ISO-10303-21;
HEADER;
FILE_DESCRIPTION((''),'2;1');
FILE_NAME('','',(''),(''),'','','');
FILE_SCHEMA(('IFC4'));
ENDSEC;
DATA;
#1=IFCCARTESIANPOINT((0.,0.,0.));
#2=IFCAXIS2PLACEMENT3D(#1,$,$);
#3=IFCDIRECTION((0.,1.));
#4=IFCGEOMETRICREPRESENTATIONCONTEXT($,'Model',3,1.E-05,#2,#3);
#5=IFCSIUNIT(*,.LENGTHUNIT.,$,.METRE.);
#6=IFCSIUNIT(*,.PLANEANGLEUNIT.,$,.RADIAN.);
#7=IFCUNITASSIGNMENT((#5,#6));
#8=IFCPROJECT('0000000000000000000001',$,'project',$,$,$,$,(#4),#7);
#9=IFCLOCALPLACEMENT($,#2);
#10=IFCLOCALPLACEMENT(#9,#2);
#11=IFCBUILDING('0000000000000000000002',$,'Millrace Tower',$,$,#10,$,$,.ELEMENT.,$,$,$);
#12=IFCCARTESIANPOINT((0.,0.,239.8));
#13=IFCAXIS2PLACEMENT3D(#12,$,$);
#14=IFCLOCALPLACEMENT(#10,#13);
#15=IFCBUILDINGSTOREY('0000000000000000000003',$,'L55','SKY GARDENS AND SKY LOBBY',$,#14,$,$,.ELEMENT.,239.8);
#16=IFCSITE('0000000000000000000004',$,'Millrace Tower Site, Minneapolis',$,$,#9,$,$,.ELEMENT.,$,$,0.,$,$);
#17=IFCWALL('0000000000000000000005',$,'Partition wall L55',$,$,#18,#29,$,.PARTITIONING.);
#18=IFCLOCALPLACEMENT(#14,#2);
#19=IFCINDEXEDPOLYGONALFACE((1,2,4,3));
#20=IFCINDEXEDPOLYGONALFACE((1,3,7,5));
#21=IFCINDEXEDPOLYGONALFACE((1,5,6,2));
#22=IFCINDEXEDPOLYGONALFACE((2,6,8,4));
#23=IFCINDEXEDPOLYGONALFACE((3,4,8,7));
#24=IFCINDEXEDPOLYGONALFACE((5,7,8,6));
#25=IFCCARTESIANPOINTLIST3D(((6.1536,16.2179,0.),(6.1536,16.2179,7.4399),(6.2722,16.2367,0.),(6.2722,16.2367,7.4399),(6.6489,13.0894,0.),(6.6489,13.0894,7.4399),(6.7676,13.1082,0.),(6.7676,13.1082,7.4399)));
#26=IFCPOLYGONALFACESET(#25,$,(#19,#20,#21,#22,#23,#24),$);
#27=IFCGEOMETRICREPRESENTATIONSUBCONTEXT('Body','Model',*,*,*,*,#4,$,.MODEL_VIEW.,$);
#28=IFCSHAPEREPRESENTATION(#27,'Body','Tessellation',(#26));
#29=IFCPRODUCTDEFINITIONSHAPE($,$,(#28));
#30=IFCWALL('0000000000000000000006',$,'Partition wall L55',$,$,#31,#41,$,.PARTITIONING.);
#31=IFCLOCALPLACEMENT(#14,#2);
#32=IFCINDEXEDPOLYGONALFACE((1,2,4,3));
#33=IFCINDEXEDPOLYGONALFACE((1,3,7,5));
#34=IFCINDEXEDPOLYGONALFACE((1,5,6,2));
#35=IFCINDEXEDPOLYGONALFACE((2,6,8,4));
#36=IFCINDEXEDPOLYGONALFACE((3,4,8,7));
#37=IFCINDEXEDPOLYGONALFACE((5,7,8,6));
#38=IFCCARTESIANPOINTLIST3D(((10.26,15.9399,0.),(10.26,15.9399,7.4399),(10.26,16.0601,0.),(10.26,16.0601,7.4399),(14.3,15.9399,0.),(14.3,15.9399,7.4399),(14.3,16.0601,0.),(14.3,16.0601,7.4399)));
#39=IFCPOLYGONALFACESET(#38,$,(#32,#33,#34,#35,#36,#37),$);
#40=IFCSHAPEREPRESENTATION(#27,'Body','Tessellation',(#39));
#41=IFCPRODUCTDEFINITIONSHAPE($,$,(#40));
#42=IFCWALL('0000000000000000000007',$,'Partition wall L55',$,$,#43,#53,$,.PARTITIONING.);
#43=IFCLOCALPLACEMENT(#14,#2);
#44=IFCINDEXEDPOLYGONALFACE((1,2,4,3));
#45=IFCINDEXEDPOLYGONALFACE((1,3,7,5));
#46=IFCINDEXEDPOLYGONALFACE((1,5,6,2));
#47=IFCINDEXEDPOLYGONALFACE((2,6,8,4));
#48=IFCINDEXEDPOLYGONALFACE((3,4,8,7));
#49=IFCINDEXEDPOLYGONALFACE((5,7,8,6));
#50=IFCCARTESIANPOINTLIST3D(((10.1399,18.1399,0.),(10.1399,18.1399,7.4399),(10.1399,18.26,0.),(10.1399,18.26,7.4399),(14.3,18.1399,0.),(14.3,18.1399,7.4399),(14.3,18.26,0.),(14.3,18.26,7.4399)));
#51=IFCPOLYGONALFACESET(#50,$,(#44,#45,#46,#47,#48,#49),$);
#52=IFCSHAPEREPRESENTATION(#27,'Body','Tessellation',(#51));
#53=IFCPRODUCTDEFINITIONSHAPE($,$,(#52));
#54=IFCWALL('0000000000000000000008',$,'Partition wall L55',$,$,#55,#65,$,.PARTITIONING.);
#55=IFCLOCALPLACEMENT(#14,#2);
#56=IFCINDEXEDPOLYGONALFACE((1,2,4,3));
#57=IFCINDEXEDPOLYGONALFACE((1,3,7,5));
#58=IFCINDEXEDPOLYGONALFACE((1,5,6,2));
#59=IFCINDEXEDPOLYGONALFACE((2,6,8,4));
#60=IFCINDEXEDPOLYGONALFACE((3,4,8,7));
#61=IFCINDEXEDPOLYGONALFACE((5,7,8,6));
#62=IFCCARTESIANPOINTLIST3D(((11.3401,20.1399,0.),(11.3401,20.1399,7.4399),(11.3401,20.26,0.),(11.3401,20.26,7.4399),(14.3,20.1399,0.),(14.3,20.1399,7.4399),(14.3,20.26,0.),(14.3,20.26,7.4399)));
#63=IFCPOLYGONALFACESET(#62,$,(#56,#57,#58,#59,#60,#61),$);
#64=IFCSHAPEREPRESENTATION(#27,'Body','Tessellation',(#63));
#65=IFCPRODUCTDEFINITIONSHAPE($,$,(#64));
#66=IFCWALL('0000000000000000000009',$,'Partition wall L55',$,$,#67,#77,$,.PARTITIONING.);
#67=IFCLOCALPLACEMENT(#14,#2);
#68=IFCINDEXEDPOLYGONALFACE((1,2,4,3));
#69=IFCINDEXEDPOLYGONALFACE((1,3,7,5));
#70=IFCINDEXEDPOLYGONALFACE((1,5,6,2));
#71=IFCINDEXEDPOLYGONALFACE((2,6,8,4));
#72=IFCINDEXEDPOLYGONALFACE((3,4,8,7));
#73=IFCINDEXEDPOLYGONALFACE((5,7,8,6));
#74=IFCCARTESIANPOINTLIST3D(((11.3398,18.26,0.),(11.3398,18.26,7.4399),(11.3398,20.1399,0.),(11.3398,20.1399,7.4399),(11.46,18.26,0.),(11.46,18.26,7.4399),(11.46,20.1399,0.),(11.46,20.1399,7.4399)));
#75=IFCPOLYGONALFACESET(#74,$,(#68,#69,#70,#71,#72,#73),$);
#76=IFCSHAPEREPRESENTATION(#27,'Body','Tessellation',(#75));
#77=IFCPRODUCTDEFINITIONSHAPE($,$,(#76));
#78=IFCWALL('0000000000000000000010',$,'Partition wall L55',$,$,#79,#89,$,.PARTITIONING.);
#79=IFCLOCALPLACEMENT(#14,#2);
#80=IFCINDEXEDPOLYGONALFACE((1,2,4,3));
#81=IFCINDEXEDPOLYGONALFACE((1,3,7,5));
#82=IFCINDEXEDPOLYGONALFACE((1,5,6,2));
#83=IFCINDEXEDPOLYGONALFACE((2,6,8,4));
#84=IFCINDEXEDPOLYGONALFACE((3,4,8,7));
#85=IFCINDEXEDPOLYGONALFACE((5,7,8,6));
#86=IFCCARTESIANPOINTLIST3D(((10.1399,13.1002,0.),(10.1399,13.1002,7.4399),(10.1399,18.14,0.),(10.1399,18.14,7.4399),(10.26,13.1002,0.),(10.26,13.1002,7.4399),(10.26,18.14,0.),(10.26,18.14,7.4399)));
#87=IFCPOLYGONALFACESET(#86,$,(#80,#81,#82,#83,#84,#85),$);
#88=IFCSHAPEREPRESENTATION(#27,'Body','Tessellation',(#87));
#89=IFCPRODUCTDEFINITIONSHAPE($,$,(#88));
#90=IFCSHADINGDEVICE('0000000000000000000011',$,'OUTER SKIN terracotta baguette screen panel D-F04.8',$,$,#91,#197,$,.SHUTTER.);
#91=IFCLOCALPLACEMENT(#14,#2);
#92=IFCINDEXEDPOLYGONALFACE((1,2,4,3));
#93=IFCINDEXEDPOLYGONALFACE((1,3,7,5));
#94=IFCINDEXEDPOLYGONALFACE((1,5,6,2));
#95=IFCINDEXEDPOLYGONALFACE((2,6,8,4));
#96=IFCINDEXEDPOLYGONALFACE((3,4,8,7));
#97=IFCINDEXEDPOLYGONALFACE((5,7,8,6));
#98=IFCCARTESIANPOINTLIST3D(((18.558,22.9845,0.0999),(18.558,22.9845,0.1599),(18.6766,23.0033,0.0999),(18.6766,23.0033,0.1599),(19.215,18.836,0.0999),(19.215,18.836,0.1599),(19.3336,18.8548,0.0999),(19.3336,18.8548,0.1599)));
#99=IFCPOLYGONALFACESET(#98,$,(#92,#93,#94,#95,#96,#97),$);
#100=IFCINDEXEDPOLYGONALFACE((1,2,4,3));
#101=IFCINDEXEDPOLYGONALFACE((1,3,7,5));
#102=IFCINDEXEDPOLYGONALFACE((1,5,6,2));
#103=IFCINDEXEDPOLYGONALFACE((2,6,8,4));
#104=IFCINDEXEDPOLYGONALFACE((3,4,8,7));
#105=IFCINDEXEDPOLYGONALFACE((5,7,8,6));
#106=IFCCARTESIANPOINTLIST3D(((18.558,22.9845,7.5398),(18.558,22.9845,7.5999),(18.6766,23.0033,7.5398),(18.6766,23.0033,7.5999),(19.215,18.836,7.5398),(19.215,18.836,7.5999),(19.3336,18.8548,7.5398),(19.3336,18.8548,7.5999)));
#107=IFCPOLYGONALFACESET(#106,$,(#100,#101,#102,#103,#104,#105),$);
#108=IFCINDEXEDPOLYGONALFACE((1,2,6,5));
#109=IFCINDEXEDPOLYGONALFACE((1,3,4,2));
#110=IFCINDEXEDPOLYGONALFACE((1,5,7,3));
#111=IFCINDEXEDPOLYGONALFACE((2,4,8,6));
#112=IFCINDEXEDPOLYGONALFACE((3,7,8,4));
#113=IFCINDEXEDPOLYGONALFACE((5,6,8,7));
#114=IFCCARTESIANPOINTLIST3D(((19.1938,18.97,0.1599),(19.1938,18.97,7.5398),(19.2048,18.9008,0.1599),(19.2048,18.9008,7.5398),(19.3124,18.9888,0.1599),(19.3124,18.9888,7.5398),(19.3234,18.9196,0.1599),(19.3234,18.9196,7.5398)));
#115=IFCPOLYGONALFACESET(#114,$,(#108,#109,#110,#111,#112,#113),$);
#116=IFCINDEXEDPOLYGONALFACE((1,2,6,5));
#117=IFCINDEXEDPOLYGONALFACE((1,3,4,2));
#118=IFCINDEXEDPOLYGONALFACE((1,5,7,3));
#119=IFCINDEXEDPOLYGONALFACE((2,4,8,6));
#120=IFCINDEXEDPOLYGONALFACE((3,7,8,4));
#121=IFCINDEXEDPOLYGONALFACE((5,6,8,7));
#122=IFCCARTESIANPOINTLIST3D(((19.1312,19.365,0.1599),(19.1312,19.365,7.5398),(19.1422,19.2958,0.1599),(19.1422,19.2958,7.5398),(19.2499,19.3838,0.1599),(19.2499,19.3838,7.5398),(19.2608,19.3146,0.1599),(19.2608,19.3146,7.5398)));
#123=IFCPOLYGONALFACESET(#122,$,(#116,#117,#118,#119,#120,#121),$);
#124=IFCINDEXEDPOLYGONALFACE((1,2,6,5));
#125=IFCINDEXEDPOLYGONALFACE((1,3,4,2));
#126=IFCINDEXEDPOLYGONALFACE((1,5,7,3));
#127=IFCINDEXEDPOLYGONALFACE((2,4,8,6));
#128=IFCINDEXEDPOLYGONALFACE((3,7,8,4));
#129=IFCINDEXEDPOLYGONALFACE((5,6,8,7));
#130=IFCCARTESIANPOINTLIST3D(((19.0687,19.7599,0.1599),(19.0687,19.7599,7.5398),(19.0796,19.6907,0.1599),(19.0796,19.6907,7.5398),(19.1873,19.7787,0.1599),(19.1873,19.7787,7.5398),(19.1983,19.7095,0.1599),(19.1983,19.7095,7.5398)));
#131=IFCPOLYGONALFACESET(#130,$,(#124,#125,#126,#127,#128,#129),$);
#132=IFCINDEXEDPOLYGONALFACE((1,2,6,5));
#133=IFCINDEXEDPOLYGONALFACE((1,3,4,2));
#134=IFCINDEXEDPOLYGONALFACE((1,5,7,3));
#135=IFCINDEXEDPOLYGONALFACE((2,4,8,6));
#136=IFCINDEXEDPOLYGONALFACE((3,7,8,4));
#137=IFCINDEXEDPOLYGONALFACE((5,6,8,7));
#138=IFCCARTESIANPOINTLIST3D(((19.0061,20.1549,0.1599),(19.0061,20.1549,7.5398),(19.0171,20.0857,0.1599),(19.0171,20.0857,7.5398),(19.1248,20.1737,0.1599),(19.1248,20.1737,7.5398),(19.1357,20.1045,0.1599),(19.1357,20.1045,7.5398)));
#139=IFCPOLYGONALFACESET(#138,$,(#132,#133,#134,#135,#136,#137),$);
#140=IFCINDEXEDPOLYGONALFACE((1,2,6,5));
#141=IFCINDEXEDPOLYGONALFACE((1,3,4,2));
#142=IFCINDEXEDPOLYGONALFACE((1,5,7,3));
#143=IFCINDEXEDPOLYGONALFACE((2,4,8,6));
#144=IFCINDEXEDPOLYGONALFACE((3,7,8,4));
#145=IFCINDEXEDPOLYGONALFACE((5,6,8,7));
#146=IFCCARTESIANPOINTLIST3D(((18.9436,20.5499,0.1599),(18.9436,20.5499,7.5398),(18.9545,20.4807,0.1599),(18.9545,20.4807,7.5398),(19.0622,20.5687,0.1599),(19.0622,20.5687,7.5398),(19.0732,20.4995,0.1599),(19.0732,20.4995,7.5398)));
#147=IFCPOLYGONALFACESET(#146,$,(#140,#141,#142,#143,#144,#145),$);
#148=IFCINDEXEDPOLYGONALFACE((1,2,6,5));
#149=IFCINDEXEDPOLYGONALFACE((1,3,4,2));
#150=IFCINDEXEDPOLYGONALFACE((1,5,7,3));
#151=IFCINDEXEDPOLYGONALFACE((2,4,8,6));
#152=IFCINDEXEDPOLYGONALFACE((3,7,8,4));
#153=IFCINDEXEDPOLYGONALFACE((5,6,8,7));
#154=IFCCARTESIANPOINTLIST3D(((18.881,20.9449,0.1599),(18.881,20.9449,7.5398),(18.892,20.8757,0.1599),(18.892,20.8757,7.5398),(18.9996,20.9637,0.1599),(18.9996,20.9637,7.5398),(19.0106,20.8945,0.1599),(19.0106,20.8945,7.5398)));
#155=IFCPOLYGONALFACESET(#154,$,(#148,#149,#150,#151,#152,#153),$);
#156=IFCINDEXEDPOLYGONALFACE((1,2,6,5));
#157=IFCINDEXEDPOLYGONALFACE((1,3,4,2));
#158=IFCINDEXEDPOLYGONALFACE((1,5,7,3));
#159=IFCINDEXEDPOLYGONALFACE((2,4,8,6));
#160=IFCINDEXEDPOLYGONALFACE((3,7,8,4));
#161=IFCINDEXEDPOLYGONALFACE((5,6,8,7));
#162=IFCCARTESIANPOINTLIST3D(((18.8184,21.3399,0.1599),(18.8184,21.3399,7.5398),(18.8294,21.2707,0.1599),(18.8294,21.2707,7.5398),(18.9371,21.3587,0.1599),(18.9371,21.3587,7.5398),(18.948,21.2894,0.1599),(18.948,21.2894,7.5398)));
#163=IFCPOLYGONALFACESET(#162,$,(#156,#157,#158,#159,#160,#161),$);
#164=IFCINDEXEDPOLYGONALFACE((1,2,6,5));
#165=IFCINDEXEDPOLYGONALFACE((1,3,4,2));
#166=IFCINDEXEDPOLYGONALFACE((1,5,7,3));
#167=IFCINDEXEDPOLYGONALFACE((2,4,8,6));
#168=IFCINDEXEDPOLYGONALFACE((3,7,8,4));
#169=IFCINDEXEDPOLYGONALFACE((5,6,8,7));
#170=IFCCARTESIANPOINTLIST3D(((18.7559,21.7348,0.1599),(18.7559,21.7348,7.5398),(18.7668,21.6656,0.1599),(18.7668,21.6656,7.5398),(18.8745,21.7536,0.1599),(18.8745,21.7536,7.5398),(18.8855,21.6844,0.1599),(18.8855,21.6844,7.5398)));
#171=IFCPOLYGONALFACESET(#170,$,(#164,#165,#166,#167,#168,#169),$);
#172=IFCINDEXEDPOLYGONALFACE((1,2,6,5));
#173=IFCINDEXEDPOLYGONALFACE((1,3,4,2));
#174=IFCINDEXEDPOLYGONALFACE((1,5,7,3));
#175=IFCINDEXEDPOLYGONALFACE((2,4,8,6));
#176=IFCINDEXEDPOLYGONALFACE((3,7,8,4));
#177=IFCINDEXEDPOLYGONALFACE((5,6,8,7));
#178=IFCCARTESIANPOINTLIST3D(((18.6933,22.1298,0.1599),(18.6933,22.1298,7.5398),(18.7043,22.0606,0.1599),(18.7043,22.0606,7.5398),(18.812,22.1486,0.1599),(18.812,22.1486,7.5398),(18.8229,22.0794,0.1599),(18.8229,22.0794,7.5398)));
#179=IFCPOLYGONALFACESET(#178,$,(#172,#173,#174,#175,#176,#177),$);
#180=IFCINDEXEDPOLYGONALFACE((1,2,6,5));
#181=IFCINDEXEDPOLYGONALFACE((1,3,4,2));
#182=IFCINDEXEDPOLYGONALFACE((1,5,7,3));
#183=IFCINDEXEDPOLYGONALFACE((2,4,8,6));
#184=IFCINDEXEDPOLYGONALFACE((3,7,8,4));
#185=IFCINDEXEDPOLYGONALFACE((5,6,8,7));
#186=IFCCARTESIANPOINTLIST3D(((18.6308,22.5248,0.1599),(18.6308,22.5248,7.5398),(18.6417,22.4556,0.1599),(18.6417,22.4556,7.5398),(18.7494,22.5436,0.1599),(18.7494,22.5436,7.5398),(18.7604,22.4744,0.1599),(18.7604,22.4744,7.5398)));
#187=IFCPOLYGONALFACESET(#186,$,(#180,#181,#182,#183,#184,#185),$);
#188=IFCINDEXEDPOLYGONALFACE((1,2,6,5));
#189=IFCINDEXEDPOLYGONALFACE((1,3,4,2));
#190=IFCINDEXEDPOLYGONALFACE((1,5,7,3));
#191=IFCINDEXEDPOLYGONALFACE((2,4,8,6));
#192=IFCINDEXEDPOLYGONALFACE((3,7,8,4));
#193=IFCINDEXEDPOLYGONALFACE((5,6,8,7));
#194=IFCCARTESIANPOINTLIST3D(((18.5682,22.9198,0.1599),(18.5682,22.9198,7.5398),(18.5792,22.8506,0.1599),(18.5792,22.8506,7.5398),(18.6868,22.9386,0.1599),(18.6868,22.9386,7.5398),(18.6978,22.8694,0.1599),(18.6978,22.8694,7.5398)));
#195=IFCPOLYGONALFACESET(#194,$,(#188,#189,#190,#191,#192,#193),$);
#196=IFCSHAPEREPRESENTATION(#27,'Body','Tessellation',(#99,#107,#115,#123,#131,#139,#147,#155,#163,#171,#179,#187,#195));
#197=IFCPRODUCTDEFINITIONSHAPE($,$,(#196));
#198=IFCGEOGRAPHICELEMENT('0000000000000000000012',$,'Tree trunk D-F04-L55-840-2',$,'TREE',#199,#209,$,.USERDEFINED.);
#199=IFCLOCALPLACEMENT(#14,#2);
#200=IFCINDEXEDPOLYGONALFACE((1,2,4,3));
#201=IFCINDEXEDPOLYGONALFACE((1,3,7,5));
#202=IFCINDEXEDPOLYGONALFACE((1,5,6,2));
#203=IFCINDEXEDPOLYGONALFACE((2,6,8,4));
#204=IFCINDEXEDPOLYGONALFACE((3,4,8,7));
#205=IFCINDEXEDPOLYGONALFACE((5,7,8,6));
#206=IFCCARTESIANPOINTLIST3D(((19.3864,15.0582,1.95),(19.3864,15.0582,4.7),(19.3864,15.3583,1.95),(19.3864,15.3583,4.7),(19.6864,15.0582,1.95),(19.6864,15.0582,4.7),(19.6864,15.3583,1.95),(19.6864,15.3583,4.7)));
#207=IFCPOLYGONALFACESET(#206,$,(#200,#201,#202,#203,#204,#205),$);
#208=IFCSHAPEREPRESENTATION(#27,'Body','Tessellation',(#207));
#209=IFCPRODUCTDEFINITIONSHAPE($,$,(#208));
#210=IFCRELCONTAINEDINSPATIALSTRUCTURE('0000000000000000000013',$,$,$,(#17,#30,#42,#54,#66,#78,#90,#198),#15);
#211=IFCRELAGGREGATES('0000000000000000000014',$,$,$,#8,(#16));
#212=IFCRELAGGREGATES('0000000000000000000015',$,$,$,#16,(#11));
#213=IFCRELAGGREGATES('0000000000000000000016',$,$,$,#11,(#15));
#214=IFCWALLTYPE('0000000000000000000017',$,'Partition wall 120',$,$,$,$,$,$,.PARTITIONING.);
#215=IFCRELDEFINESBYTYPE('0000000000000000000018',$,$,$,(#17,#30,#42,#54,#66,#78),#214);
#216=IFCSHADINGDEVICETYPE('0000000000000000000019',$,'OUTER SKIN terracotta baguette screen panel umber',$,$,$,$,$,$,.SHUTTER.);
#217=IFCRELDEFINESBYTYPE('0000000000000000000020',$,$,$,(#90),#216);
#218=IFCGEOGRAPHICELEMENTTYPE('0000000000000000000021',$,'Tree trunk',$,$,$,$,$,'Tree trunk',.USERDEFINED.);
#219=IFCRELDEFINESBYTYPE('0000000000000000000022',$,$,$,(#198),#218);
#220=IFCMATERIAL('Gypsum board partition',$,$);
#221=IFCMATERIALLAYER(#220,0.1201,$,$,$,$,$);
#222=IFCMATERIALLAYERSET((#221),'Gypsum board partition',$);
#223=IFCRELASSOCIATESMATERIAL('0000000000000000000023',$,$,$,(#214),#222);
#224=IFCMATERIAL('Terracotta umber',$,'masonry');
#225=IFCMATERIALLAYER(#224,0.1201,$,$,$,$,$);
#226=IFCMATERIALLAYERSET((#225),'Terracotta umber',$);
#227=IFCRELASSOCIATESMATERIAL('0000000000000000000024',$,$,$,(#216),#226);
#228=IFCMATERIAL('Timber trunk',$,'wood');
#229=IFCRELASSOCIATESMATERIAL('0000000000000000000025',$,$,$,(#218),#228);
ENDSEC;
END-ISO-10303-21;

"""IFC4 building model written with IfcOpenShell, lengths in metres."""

from ifc_helpers import new_model, entity, si_unit, direction, frame, frame_2d, origin, origin_2d, place, context, subcontext, project, spatial, rectangle, extrude, source, transform, mapped, material, layer, layer_set, type_object, element, save


model = new_model("IFC4")

# Units and contexts
model_context = context("Model", 3, precision=1e-05, world=origin(), true_north=direction((0.0, 1.0)))
body_context = subcontext(model_context, "Body", "Model", "MODEL_VIEW")
ifc_project = project(units=[si_unit("LENGTHUNIT", "METRE"), si_unit("PLANEANGLEUNIT", "RADIAN")], contexts=[model_context])

# Site, building, storey
site_placement = place(None, origin())
site = spatial("IfcSite", under=ifc_project, at=site_placement, Name="Millrace Tower Site, Minneapolis", CompositionType="ELEMENT", RefElevation=0.0)
building_placement = place(site_placement, origin())
building = spatial("IfcBuilding", under=site, at=building_placement, Name="Millrace Tower", CompositionType="ELEMENT")
storey_placement = place(building_placement, frame((0.0, 0.0, 239.8)))
storey = spatial("IfcBuildingStorey", under=building, at=storey_placement, Name="L55", Description="SKY GARDENS AND SKY LOBBY", CompositionType="ELEMENT", Elevation=239.8)

# Walls
ifc_material_1 = material(Name="Gypsum board partition")
ifc_layer_1 = layer(ifc_material_1, 0.1201)
ifc_layer_set_1 = layer_set([ifc_layer_1], Name="Gypsum board partition")
wall_type_1 = type_object("IfcWallType", Name="Partition wall 120", PredefinedType="PARTITIONING", material=ifc_layer_set_1)
wall_1_placement = place(storey_placement, frame((6.2129, 16.2273, 0.0), z_axis=(0.0, 0.0, 1.0), x_axis=(0.156394, -0.987695, 0.0)))
element("IfcWall", 1, at=wall_1_placement, inside=storey, type_object=wall_type_1, Name="Partition wall L55", PredefinedType="PARTITIONING", context=body_context, shape_type="SweptSolid", body=[
    extrude(rectangle(XDim=3.1675, YDim=0.1201, at=frame_2d((1.5837, 0.0))), origin(), (0.0, 0.0, 1.0), 7.4399),
])
wall_2_placement = place(storey_placement, frame((10.26, 16.0, 0.0), z_axis=(0.0, 0.0, 1.0), x_axis=(1.0, 0.0, 0.0)))
element("IfcWall", 2, at=wall_2_placement, inside=storey, type_object=wall_type_1, Name="Partition wall L55", PredefinedType="PARTITIONING", context=body_context, shape_type="SweptSolid", body=[
    extrude(rectangle(XDim=4.04, YDim=0.1201, at=frame_2d((2.02, 0.0))), origin(), (0.0, 0.0, 1.0), 7.4399),
])
wall_3_placement = place(storey_placement, frame((10.1399, 18.2, 0.0), z_axis=(0.0, 0.0, 1.0), x_axis=(1.0, 0.0, 0.0)))
element("IfcWall", 3, at=wall_3_placement, inside=storey, type_object=wall_type_1, Name="Partition wall L55", PredefinedType="PARTITIONING", context=body_context, shape_type="SweptSolid", body=[
    extrude(rectangle(XDim=4.1602, YDim=0.1201, at=frame_2d((2.0801, 0.0))), origin(), (0.0, 0.0, 1.0), 7.4399),
])
wall_4_placement = place(storey_placement, frame((11.3401, 20.2, 0.0), z_axis=(0.0, 0.0, 1.0), x_axis=(1.0, 0.0, 0.0)))
element("IfcWall", 4, at=wall_4_placement, inside=storey, type_object=wall_type_1, Name="Partition wall L55", PredefinedType="PARTITIONING", context=body_context, shape_type="SweptSolid", body=[
    extrude(rectangle(XDim=2.96, YDim=0.1201, at=frame_2d((1.48, 0.0))), origin(), (0.0, 0.0, 1.0), 7.4399),
])
wall_5_placement = place(storey_placement, frame((11.3999, 18.26, 0.0), z_axis=(0.0, 0.0, 1.0), x_axis=(0.0, 1.0, 0.0)))
element("IfcWall", 5, at=wall_5_placement, inside=storey, type_object=wall_type_1, Name="Partition wall L55", PredefinedType="PARTITIONING", context=body_context, shape_type="SweptSolid", body=[
    extrude(rectangle(XDim=1.8799, YDim=0.1201, at=frame_2d((0.9399, 0.0))), origin(), (0.0, 0.0, 1.0), 7.4399),
])
wall_6_placement = place(storey_placement, frame((10.2, 13.1001, 0.0), z_axis=(0.0, 0.0, 1.0), x_axis=(0.0, 1.0, 0.0)))
element("IfcWall", 6, at=wall_6_placement, inside=storey, type_object=wall_type_1, Name="Partition wall L55", PredefinedType="PARTITIONING", context=body_context, shape_type="SweptSolid", body=[
    extrude(rectangle(XDim=5.0398, YDim=0.1201, at=frame_2d((2.52, 0.0))), origin(), (0.0, 0.0, 1.0), 7.4399),
])

# Shading device
ifc_material_2 = material(Name="Terracotta umber", Category="masonry")
ifc_layer_2 = layer(ifc_material_2, 0.1201)
ifc_layer_set_2 = layer_set([ifc_layer_2], Name="Terracotta umber")
shading_device_type = type_object("IfcShadingDeviceType", Name="OUTER SKIN terracotta baguette screen panel umber", PredefinedType="SHUTTER", material=ifc_layer_set_2)
cartesian_point = entity("IfcCartesianPoint", [-2.1001, 0.0601])
shared_polyline = entity("IfcPolyline", [cartesian_point, entity("IfcCartesianPoint", [2.1001, 0.0601]), entity("IfcCartesianPoint", [2.1001, -0.0601]), entity("IfcCartesianPoint", [-2.1001, -0.0601]), cartesian_point])
shared_shape = source(origin(), body_context, "Body", "SweptSolid", [
    entity("IfcExtrudedAreaSolid", entity("IfcArbitraryClosedProfileDef", "AREA", None, shared_polyline), entity("IfcAxis2Placement3D", entity("IfcCartesianPoint", [0.0, 0.0, 0.0])), entity("IfcDirection", [0.0, 0.0, 1.0]), 0.0601),
    entity("IfcExtrudedAreaSolid", entity("IfcArbitraryClosedProfileDef", "AREA", None, shared_polyline), entity("IfcAxis2Placement3D", entity("IfcCartesianPoint", [0.0, 0.0, 7.4399])), entity("IfcDirection", [0.0, 0.0, 1.0]), 0.0601),
    extrude(rectangle(XDim=0.0701, YDim=0.1201, at=frame_2d((-1.9995, 0.0))), frame((0.0, 0.0, 0.0601)), (0.0, 0.0, 1.0), 7.3799),
    extrude(rectangle(XDim=0.0701, YDim=0.1201, at=frame_2d((-1.5996, 0.0))), frame((0.0, 0.0, 0.0601)), (0.0, 0.0, 1.0), 7.3799),
    extrude(rectangle(XDim=0.0701, YDim=0.1201, at=frame_2d((-1.1997, 0.0))), frame((0.0, 0.0, 0.0601)), (0.0, 0.0, 1.0), 7.3799),
    extrude(rectangle(XDim=0.0701, YDim=0.1201, at=frame_2d((-0.7998, 0.0))), frame((0.0, 0.0, 0.0601)), (0.0, 0.0, 1.0), 7.3799),
    extrude(rectangle(XDim=0.0701, YDim=0.1201, at=frame_2d((-0.3999, 0.0))), frame((0.0, 0.0, 0.0601)), (0.0, 0.0, 1.0), 7.3799),
    extrude(rectangle(XDim=0.0701, YDim=0.1201, at=origin_2d()), frame((0.0, 0.0, 0.0601)), (0.0, 0.0, 1.0), 7.3799),
    extrude(rectangle(XDim=0.0701, YDim=0.1201, at=frame_2d((0.3999, 0.0))), frame((0.0, 0.0, 0.0601)), (0.0, 0.0, 1.0), 7.3799),
    extrude(rectangle(XDim=0.0701, YDim=0.1201, at=frame_2d((0.7998, 0.0))), frame((0.0, 0.0, 0.0601)), (0.0, 0.0, 1.0), 7.3799),
    extrude(rectangle(XDim=0.0701, YDim=0.1201, at=frame_2d((1.1997, 0.0))), frame((0.0, 0.0, 0.0601)), (0.0, 0.0, 1.0), 7.3799),
    extrude(rectangle(XDim=0.0701, YDim=0.1201, at=frame_2d((1.5996, 0.0))), frame((0.0, 0.0, 0.0601)), (0.0, 0.0, 1.0), 7.3799),
    extrude(rectangle(XDim=0.0701, YDim=0.1201, at=frame_2d((1.9995, 0.0))), frame((0.0, 0.0, 0.0601)), (0.0, 0.0, 1.0), 7.3799),
])
shading_device_placement = place(storey_placement, frame((18.9458, 20.9197, 0.0999), z_axis=(0.0, 0.0, 1.0), x_axis=(-0.156434, 0.987688, 0.0)))
element("IfcShadingDevice", 7, at=shading_device_placement, inside=storey, type_object=shading_device_type, Name="OUTER SKIN terracotta baguette screen panel D-F04.8", PredefinedType="SHUTTER", context=body_context, shape_type="MappedRepresentation", body=[
    mapped(shared_shape, transform((0.0, 0.0, 0.0), scale=1.0)),
])

# Geographic element
ifc_material_3 = material(Name="Timber trunk", Category="wood")
geographic_element_type = type_object("IfcGeographicElementType", Name="Tree trunk", ElementType="Tree trunk", PredefinedType="USERDEFINED", material=ifc_material_3)
geographic_element_placement = place(storey_placement, frame((19.5364, 15.2083, 1.95), z_axis=(0.0, 0.0, 1.0), x_axis=(1.0, 0.0, 0.0)))
element("IfcGeographicElement", 8, at=geographic_element_placement, inside=storey, type_object=geographic_element_type, Name="Tree trunk D-F04-L55-840-2", ObjectType="TREE", PredefinedType="USERDEFINED", context=body_context, shape_type="SweptSolid", body=[
    extrude(rectangle(XDim=0.3, YDim=0.3, at=origin_2d()), origin(), (0.0, 0.0, 1.0), 2.75),
])

save(model, "model.ifc")
